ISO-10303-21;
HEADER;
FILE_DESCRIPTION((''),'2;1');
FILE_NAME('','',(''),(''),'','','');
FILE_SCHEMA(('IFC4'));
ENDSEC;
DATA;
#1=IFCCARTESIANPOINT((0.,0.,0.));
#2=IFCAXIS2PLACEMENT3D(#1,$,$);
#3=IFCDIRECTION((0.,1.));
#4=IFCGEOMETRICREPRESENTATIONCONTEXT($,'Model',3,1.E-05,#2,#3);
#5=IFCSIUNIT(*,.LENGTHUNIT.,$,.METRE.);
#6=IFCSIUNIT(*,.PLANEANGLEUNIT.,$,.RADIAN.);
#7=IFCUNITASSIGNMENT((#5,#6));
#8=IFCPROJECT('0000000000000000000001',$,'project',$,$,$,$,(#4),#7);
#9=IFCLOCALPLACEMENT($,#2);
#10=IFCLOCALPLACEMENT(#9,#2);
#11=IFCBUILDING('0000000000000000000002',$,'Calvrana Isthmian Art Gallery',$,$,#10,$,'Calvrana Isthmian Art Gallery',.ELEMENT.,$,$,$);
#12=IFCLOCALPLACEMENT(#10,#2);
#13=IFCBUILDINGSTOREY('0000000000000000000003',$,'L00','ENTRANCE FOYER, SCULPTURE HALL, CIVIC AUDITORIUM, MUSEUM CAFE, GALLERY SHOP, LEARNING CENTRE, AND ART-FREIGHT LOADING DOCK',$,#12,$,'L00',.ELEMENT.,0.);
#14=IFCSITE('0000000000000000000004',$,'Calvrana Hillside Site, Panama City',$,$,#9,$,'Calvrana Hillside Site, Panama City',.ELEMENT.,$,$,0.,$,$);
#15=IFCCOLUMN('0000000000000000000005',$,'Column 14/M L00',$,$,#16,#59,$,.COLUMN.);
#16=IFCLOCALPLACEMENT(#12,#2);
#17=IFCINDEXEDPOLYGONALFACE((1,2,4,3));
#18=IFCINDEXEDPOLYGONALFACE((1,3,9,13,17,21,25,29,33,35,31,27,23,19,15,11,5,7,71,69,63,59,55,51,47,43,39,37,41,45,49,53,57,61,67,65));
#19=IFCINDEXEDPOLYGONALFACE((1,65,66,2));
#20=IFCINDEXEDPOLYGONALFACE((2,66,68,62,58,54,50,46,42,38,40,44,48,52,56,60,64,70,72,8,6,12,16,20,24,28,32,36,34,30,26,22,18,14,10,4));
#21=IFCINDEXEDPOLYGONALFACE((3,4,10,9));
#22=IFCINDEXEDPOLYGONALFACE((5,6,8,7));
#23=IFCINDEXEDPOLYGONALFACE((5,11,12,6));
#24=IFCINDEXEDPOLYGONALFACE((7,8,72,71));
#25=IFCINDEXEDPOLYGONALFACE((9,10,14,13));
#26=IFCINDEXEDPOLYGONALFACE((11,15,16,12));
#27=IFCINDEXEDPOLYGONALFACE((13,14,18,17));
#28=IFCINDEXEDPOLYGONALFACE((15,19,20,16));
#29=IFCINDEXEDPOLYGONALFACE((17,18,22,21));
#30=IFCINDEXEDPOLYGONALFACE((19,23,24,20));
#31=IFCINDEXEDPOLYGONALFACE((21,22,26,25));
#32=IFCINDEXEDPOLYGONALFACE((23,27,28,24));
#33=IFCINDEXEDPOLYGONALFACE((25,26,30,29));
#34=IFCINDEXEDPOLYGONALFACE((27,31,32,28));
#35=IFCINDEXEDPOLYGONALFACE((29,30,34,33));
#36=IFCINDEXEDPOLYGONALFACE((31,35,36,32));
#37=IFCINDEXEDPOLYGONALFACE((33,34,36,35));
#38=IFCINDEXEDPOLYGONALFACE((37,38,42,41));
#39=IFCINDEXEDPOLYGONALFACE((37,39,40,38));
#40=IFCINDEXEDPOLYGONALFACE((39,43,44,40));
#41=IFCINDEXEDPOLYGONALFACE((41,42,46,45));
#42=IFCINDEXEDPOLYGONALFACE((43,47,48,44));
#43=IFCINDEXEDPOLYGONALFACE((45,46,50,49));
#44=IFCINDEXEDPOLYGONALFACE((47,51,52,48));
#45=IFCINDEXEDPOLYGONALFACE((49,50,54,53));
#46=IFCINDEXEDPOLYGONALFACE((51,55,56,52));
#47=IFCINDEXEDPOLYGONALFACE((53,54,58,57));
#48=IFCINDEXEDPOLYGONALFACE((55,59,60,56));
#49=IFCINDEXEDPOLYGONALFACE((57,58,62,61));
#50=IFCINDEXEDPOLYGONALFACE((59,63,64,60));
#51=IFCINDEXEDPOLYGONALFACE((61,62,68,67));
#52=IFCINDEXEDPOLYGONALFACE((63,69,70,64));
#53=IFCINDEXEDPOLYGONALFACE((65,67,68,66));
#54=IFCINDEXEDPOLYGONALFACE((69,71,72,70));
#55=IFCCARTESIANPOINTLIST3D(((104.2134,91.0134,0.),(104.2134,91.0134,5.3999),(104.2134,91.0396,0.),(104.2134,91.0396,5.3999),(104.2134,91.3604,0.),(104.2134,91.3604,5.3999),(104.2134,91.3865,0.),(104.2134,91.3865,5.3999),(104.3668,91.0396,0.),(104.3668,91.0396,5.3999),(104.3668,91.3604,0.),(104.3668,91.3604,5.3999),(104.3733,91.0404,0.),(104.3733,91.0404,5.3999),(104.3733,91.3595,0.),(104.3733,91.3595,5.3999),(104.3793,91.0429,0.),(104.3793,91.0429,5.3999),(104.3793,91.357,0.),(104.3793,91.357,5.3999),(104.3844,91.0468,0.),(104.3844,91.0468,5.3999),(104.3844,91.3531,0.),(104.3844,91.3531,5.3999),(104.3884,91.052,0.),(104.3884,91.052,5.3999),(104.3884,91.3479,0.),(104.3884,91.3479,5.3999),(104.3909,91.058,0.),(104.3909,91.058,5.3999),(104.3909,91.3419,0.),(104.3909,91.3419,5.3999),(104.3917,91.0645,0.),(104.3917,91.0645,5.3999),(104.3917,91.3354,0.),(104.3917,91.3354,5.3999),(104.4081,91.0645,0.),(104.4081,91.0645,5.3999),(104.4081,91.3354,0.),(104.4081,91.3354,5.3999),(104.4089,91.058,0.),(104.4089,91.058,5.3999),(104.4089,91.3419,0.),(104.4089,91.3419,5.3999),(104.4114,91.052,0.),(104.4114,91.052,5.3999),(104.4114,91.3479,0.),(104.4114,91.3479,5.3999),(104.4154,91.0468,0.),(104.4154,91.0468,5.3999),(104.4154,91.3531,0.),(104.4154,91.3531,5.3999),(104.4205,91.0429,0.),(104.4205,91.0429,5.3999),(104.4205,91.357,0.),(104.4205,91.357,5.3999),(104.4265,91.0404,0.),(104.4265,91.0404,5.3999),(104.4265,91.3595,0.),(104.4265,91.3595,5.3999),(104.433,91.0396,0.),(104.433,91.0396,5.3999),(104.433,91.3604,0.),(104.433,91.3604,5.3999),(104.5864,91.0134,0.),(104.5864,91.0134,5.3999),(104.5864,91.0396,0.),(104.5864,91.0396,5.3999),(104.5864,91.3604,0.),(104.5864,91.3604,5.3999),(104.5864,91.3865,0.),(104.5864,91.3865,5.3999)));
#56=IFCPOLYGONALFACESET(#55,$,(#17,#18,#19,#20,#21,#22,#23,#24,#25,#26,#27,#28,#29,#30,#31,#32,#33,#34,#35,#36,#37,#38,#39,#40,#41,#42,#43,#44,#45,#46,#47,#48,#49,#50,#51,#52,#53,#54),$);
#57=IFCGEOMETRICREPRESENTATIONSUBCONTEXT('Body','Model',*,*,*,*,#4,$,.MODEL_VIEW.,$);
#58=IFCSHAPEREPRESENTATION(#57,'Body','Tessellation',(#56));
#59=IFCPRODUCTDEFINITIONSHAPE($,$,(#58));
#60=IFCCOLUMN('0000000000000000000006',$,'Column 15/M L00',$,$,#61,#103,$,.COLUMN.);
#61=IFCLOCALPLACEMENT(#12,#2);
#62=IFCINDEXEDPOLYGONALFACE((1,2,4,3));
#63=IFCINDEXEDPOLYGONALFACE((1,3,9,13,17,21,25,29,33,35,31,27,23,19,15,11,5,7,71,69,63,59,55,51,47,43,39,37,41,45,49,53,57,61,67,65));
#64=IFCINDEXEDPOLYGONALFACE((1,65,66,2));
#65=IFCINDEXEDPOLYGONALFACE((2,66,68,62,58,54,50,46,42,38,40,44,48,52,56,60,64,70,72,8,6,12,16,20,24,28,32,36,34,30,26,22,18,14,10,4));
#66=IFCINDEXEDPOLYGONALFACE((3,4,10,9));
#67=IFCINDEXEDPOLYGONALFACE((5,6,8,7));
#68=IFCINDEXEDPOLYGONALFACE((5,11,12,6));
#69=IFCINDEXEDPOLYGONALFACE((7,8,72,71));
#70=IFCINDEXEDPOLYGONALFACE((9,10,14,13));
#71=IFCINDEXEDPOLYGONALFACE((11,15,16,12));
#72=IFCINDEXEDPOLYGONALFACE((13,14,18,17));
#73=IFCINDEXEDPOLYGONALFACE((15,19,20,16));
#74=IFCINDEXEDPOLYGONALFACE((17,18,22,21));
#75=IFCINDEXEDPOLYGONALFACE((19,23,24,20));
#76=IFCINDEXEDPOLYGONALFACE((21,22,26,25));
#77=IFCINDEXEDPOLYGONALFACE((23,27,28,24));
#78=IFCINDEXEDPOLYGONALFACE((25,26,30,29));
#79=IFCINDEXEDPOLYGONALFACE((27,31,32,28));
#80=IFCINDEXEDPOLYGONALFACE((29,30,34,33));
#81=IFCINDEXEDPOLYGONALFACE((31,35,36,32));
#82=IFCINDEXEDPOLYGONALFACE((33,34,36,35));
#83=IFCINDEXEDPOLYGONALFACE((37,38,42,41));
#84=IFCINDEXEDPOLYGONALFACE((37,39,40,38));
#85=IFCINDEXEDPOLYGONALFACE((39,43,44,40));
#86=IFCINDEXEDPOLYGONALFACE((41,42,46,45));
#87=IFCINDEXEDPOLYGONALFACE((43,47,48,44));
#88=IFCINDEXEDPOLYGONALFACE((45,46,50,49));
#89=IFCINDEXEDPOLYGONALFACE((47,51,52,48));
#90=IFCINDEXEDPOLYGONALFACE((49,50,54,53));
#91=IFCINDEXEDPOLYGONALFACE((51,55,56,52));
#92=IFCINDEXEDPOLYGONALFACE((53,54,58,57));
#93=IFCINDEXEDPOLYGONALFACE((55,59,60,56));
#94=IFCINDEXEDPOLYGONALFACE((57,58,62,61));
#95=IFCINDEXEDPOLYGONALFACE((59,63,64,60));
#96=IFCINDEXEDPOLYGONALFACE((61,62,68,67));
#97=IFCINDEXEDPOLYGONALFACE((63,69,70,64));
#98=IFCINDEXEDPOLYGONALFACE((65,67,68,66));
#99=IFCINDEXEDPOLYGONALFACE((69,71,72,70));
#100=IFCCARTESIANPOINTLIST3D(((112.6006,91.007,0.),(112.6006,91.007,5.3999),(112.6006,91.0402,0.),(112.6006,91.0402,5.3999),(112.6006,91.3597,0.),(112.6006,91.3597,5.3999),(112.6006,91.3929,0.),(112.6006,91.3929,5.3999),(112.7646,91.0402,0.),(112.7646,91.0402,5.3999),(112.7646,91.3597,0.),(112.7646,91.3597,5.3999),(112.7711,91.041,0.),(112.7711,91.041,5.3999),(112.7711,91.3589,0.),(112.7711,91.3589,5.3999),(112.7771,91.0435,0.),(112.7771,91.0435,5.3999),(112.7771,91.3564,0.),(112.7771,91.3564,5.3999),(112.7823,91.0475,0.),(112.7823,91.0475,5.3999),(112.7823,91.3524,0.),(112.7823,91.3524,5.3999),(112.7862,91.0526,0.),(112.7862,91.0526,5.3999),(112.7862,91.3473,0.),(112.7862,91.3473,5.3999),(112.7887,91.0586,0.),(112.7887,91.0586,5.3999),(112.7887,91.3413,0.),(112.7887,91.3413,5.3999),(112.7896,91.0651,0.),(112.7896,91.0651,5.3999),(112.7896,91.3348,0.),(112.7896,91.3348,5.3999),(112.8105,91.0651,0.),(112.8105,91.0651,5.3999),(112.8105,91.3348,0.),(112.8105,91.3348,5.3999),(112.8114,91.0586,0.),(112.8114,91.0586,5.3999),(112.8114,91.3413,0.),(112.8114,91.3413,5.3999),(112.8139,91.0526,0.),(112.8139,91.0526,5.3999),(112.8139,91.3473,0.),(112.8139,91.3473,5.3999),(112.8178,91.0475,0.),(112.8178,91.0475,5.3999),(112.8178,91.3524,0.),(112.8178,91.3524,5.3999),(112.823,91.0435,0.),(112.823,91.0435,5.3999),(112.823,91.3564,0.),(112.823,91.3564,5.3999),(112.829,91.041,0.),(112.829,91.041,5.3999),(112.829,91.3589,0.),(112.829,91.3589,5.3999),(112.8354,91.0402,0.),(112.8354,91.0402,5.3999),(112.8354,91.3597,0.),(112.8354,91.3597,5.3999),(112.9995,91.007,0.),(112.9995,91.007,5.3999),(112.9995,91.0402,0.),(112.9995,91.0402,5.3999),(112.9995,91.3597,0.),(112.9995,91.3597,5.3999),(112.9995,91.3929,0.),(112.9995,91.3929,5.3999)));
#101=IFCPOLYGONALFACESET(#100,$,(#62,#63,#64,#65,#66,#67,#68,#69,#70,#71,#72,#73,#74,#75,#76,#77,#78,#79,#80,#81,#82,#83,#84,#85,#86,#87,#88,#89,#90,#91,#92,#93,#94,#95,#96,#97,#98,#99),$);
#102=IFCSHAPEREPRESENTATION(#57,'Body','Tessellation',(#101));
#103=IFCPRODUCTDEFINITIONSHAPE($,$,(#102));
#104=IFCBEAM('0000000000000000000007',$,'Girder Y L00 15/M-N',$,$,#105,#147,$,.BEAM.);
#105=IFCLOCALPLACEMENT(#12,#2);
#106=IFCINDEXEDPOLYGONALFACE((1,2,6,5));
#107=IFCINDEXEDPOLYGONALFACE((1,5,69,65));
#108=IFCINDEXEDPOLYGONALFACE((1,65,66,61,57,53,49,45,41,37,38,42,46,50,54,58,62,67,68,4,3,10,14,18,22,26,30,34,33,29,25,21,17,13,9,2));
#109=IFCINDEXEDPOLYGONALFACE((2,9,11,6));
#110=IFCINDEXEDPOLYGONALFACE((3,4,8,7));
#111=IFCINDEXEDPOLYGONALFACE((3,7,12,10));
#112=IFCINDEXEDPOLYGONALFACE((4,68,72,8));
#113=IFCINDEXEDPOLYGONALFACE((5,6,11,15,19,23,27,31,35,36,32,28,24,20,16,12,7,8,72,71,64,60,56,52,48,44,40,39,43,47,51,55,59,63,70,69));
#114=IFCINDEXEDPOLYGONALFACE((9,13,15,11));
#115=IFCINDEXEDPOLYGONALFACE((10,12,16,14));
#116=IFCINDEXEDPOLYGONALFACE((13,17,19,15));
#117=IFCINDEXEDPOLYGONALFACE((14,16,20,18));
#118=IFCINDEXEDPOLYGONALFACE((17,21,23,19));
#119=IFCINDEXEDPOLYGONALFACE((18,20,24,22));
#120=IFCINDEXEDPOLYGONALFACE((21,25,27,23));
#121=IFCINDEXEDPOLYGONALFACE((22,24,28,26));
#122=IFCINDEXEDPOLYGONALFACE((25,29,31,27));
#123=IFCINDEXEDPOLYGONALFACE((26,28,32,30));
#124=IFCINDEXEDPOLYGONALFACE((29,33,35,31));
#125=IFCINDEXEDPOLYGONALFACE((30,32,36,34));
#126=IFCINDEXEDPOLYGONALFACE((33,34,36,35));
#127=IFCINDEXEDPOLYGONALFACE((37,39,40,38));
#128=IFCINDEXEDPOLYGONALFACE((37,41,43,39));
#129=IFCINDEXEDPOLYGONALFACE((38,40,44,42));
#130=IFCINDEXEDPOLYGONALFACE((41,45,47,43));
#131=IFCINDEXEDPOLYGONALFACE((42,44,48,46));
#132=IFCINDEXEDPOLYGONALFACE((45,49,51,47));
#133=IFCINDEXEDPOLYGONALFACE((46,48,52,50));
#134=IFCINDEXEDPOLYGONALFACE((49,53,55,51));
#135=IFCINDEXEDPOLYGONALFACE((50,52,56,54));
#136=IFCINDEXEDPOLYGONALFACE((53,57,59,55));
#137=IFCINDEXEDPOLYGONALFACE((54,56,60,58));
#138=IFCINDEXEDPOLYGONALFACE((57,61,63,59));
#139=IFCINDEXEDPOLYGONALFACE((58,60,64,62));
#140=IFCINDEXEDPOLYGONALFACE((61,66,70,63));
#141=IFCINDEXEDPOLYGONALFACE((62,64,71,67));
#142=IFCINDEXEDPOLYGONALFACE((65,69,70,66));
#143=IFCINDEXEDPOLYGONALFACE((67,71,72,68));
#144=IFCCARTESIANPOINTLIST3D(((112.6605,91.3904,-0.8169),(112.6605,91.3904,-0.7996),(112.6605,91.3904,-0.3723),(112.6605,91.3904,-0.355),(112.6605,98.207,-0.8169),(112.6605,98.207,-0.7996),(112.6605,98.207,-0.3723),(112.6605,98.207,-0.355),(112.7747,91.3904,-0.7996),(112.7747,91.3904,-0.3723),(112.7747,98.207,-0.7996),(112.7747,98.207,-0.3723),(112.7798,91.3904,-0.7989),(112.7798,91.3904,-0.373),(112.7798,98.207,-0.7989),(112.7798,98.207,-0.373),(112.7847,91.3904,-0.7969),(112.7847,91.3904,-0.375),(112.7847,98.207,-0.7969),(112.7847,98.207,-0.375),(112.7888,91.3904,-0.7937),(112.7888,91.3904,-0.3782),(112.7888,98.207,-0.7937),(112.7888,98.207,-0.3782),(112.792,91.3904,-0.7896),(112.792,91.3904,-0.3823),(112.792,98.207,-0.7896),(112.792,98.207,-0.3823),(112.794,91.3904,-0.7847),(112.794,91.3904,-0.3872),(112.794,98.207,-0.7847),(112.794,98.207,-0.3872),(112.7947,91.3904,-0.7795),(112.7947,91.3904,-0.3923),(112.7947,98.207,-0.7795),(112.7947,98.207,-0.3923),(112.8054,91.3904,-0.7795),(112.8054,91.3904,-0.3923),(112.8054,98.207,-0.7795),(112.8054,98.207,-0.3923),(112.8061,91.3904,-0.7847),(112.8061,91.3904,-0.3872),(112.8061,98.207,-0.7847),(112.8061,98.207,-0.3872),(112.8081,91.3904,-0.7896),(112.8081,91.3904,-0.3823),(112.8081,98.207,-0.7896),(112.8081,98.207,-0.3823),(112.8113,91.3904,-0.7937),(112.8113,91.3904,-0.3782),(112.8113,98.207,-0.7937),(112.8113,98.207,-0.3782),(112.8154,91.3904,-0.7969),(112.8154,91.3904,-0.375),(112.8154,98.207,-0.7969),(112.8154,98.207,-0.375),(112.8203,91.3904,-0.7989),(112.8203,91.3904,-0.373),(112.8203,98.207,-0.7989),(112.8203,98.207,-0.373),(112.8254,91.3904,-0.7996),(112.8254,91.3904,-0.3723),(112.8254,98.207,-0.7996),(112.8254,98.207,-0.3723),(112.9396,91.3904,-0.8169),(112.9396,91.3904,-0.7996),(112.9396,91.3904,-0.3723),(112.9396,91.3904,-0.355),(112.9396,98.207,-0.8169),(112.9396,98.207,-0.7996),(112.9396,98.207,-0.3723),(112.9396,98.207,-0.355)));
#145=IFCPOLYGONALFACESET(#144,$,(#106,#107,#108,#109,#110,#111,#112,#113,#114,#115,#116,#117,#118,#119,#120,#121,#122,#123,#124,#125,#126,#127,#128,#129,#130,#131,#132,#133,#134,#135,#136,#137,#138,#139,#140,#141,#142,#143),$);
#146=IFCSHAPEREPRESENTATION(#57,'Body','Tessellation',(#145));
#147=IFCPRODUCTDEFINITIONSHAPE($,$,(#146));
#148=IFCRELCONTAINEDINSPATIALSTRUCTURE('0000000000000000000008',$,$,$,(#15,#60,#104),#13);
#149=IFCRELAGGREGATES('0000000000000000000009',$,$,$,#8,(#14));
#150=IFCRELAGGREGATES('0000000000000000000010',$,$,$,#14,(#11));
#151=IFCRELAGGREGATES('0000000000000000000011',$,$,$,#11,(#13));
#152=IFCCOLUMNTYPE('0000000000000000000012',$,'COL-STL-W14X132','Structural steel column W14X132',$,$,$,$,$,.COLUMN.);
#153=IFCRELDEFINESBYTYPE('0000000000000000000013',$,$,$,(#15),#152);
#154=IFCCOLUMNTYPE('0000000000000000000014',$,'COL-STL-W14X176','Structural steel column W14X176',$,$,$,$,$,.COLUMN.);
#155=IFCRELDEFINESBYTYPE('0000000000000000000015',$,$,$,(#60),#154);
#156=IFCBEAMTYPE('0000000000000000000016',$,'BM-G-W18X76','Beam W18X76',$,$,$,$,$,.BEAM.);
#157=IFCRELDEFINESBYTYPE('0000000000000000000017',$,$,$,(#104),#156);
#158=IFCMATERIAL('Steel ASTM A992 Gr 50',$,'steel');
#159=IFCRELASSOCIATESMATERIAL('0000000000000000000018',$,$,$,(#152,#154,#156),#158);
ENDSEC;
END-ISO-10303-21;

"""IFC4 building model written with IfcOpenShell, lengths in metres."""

from ifc_helpers import new_model, si_unit, direction, frame, origin, origin_2d, place, context, subcontext, project, spatial, i_section, extrude, material, material_profile, profile_set, type_object, element, save


model = new_model("IFC4")

# Units and contexts
model_context = context("Model", 3, precision=1e-05, world=origin(), true_north=direction((0.0, 1.0)))
body_context = subcontext(model_context, "Body", "Model", "MODEL_VIEW")
ifc_project = project(units=[si_unit("LENGTHUNIT", "METRE"), si_unit("PLANEANGLEUNIT", "RADIAN")], contexts=[model_context])

# Site, building, storey
site_placement = place(None, origin())
site = spatial("IfcSite", under=ifc_project, at=site_placement, Name="Calvrana Hillside Site, Panama City", LongName="Calvrana Hillside Site, Panama City", CompositionType="ELEMENT", RefElevation=0.0)
building_placement = place(site_placement, origin())
building = spatial("IfcBuilding", under=site, at=building_placement, Name="Calvrana Isthmian Art Gallery", LongName="Calvrana Isthmian Art Gallery", CompositionType="ELEMENT")
storey_placement = place(building_placement, origin())
storey = spatial("IfcBuildingStorey", under=building, at=storey_placement, Name="L00", Description="ENTRANCE FOYER, SCULPTURE HALL, CIVIC AUDITORIUM, MUSEUM CAFE, GALLERY SHOP, LEARNING CENTRE, AND ART-FREIGHT LOADING DOCK", LongName="L00", CompositionType="ELEMENT", Elevation=0.0)

# Columns
ifc_material_1 = material(Name="Steel ASTM A992 Gr 50", Category="steel")
ifc_material_profile_1 = material_profile(ifc_material_1, i_section(OverallWidth=0.373, OverallDepth=0.373, WebThickness=0.0164, FlangeThickness=0.0261, FilletRadius=0.0249, at=origin_2d()), Name="W14X132")
ifc_profile_set_1 = profile_set([ifc_material_profile_1], Name="Steel ASTM A992 Gr 50")
column_type_1 = type_object("IfcColumnType", Name="COL-STL-W14X132", Description="Structural steel column W14X132", PredefinedType="COLUMN", material=ifc_profile_set_1)
column_1_placement = place(storey_placement, frame((104.3999, 91.2, 0.0), z_axis=(0.0, 0.0, 1.0), x_axis=(1.0, 0.0, 0.0)))
element("IfcColumn", 1, at=column_1_placement, inside=storey, type_object=column_type_1, Name="Column 14/M L00", PredefinedType="COLUMN", context=body_context, shape_type="SweptSolid", body=[
    extrude(i_section(OverallWidth=0.373, OverallDepth=0.373, WebThickness=0.0164, FlangeThickness=0.0261, FilletRadius=0.0249, at=origin_2d()), origin(), (0.0, 0.0, 1.0), 5.3999),
])
ifc_material_profile_2 = material_profile(ifc_material_1, i_section(OverallWidth=0.3989, OverallDepth=0.386, WebThickness=0.021, FlangeThickness=0.0332, FilletRadius=0.0249, at=origin_2d()), Name="W14X176")
ifc_profile_set_2 = profile_set([ifc_material_profile_2], Name="Steel ASTM A992 Gr 50")
column_type_2 = type_object("IfcColumnType", Name="COL-STL-W14X176", Description="Structural steel column W14X176", PredefinedType="COLUMN", material=ifc_profile_set_2)
column_2_placement = place(storey_placement, frame((112.8, 91.2, 0.0), z_axis=(0.0, 0.0, 1.0), x_axis=(1.0, 0.0, 0.0)))
element("IfcColumn", 2, at=column_2_placement, inside=storey, type_object=column_type_2, Name="Column 15/M L00", PredefinedType="COLUMN", context=body_context, shape_type="SweptSolid", body=[
    extrude(i_section(OverallWidth=0.3989, OverallDepth=0.386, WebThickness=0.021, FlangeThickness=0.0332, FilletRadius=0.0249, at=origin_2d()), origin(), (0.0, 0.0, 1.0), 5.3999),
])

# Beam
ifc_material_profile_3 = material_profile(ifc_material_1, i_section(OverallWidth=0.2791, OverallDepth=0.4619, WebThickness=0.0107, FlangeThickness=0.0173, FilletRadius=0.02, at=origin_2d()), Name="W18X76")
ifc_profile_set_3 = profile_set([ifc_material_profile_3], Name="Steel ASTM A992 Gr 50")
beam_type_1 = type_object("IfcBeamType", Name="BM-G-W18X76", Description="Beam W18X76", PredefinedType="BEAM", material=ifc_profile_set_3)
beam_1_placement = place(storey_placement, frame((112.8, 91.3904, -0.5859), z_axis=(0.0, 1.0, 0.0), x_axis=(-1.0, 0.0, 0.0)))
element("IfcBeam", 3, at=beam_1_placement, inside=storey, type_object=beam_type_1, Name="Girder Y L00 15/M-N", PredefinedType="BEAM", context=body_context, shape_type="SweptSolid", body=[
    extrude(i_section(OverallWidth=0.2791, OverallDepth=0.4619, WebThickness=0.0107, FlangeThickness=0.0173, FilletRadius=0.02, at=origin_2d()), origin(), (0.0, 0.0, 1.0), 6.8167),
])

save(model, "model.ifc")
